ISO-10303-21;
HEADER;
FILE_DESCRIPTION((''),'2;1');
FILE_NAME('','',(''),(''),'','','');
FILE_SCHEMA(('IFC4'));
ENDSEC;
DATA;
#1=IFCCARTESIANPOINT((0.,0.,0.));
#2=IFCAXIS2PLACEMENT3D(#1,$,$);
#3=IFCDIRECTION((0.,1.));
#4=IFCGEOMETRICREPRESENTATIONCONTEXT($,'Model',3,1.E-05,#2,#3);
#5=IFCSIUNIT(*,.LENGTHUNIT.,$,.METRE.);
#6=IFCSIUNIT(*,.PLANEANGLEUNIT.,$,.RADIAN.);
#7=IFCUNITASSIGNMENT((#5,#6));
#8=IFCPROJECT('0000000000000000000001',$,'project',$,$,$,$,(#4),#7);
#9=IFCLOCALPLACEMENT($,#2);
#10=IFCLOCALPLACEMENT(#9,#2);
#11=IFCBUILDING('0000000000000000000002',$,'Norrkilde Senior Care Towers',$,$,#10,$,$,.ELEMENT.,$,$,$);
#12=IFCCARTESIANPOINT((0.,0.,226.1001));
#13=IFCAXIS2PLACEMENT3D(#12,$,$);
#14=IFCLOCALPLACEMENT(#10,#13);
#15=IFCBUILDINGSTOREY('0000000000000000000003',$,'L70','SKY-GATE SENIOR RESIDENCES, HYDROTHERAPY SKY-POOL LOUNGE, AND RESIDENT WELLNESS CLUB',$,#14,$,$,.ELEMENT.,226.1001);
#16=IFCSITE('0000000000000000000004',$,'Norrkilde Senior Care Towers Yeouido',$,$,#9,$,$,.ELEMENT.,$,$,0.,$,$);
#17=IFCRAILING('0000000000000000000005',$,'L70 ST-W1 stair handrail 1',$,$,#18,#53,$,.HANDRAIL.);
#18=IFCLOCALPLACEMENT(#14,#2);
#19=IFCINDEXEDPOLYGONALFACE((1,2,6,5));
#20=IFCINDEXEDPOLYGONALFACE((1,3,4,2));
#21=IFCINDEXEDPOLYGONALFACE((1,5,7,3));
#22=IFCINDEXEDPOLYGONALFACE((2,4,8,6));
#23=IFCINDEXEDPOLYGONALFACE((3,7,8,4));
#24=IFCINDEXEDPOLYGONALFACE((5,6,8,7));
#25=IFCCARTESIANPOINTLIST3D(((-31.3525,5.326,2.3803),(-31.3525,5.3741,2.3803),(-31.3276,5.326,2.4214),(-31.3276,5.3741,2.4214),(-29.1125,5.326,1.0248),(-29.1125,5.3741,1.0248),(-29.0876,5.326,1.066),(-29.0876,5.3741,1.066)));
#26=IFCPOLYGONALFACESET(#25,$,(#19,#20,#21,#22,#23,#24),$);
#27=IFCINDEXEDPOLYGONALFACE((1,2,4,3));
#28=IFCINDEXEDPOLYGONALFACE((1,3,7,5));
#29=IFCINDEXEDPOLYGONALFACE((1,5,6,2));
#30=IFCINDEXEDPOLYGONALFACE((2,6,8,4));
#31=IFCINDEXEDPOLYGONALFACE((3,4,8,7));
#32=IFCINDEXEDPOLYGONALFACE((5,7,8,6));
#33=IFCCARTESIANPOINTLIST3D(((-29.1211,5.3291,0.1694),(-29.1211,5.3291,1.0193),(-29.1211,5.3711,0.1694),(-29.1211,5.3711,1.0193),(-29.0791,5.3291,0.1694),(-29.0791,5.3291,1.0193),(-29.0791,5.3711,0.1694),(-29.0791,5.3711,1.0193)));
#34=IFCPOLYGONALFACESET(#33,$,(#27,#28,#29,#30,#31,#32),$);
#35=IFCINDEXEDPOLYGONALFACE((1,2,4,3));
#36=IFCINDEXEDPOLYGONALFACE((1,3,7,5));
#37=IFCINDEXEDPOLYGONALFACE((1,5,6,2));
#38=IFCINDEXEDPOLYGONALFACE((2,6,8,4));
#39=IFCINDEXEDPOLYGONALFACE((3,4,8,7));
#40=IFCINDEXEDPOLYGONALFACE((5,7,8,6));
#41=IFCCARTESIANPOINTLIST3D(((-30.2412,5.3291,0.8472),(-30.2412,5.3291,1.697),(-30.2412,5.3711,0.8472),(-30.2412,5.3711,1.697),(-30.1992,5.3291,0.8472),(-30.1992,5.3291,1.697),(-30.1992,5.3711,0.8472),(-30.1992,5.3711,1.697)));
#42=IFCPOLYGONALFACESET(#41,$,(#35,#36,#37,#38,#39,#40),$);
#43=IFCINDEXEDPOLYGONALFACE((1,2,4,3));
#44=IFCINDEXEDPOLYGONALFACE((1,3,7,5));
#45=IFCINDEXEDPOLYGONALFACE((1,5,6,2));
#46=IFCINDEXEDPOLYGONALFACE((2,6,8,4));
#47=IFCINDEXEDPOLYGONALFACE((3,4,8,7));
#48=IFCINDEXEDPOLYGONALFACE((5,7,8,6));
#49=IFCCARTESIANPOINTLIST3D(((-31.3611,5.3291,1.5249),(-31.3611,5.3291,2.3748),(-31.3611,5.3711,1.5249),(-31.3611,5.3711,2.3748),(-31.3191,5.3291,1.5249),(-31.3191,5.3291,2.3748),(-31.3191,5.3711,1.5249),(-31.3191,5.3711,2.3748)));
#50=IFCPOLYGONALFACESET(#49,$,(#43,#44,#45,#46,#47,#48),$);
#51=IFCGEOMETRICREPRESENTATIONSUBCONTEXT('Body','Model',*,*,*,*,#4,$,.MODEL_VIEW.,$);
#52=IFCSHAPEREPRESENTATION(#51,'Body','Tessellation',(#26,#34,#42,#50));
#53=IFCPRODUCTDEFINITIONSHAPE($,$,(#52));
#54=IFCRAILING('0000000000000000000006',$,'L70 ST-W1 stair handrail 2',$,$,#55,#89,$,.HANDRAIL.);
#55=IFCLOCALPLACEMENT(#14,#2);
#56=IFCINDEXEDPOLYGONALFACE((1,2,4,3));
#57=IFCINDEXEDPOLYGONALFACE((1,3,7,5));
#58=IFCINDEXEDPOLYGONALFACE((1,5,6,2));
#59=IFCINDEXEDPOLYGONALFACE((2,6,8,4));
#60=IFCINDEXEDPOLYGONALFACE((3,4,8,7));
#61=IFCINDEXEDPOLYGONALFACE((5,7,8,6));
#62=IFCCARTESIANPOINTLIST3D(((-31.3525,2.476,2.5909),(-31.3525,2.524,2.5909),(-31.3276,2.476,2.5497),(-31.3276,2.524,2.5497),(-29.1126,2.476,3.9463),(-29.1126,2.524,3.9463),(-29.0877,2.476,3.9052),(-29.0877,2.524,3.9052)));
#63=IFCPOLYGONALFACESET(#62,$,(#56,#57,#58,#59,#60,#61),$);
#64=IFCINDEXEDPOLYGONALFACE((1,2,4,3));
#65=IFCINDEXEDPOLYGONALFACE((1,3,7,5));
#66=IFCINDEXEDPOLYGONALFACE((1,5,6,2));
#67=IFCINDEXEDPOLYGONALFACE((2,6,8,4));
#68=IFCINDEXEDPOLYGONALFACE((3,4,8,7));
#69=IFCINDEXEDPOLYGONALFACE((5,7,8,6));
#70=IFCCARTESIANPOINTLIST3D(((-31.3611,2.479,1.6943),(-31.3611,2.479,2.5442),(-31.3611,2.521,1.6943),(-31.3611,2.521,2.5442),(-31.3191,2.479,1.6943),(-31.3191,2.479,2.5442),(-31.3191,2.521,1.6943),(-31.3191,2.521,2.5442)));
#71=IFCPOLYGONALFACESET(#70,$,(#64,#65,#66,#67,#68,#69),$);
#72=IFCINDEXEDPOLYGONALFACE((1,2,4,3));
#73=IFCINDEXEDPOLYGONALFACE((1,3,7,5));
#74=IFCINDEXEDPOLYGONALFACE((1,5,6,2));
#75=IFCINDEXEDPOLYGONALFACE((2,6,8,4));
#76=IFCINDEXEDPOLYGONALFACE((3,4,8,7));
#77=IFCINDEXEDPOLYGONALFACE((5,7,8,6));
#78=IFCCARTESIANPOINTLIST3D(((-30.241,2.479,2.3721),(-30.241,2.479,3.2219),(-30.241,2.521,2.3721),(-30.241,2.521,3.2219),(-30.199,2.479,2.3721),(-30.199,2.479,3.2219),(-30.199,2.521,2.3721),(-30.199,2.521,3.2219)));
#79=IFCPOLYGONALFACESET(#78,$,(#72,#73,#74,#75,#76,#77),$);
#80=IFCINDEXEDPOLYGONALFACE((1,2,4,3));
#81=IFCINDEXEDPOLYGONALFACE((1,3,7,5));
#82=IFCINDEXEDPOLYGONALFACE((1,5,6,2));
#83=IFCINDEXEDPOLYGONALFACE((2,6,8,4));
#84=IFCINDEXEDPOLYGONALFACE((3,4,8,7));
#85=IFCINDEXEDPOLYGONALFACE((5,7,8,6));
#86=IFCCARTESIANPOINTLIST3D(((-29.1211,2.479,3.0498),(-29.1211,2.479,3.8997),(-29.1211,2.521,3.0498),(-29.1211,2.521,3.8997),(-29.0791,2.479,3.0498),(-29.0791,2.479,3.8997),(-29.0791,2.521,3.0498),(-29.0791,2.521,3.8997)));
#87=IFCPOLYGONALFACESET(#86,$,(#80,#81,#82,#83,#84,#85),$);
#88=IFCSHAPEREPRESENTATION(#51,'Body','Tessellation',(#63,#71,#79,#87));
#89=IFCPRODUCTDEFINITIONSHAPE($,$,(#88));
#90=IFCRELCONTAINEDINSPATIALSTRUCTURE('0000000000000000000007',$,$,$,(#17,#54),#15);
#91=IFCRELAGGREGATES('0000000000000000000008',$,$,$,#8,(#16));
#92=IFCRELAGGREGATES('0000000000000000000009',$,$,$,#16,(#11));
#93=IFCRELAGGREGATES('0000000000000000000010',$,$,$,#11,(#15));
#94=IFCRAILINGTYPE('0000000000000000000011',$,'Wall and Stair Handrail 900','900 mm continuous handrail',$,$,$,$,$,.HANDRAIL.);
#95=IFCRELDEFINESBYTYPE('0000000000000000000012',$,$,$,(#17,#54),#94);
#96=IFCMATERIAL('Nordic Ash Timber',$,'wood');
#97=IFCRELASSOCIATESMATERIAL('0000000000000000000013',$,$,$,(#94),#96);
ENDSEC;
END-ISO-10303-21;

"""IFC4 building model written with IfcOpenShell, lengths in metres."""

from ifc_helpers import new_model, si_unit, direction, frame, origin, origin_2d, place, context, subcontext, project, spatial, rectangle, extrude, material, type_object, element, save


model = new_model("IFC4")

# Units and contexts
model_context = context("Model", 3, precision=1e-05, world=origin(), true_north=direction((0.0, 1.0)))
body_context = subcontext(model_context, "Body", "Model", "MODEL_VIEW")
ifc_project = project(units=[si_unit("LENGTHUNIT", "METRE"), si_unit("PLANEANGLEUNIT", "RADIAN")], contexts=[model_context])

# Site, building, storey
site_placement = place(None, origin())
site = spatial("IfcSite", under=ifc_project, at=site_placement, Name="Norrkilde Senior Care Towers Yeouido", CompositionType="ELEMENT", RefElevation=0.0)
building_placement = place(site_placement, origin())
building = spatial("IfcBuilding", under=site, at=building_placement, Name="Norrkilde Senior Care Towers", CompositionType="ELEMENT")
storey_placement = place(building_placement, frame((0.0, 0.0, 226.1001)))
storey = spatial("IfcBuildingStorey", under=building, at=storey_placement, Name="L70", Description="SKY-GATE SENIOR RESIDENCES, HYDROTHERAPY SKY-POOL LOUNGE, AND RESIDENT WELLNESS CLUB", CompositionType="ELEMENT", Elevation=226.1001)

# Railings
ifc_material_1 = material(Name="Nordic Ash Timber", Category="wood")
railing_type_1 = type_object("IfcRailingType", Name="Wall and Stair Handrail 900", Description="900 mm continuous handrail", PredefinedType="HANDRAIL", material=ifc_material_1)
railing_1_placement = place(storey_placement, frame((-29.1001, 5.3501, 0.1694)))
element("IfcRailing", 1, at=railing_1_placement, inside=storey, type_object=railing_type_1, Name="L70 ST-W1 stair handrail 1", PredefinedType="HANDRAIL", context=body_context, shape_type="SweptSolid", body=[
    extrude(rectangle(XDim=0.0481, YDim=0.0481, at=origin_2d()), frame((0.0, 0.0, 0.876), z_axis=(-0.855553, 0.0, 0.517715), x_axis=(0.0, -1.0, 0.0)), (0.0, 0.0, 1.0), 2.6182),
    extrude(rectangle(XDim=0.042, YDim=0.042, at=origin_2d()), origin(), (0.0, 0.0, 1.0), 0.8499),
    extrude(rectangle(XDim=0.042, YDim=0.042, at=origin_2d()), frame((-1.1201, 0.0, 0.6777)), (0.0, 0.0, 1.0), 0.8499),
    extrude(rectangle(XDim=0.042, YDim=0.042, at=origin_2d()), frame((-2.24, 0.0, 1.3555)), (0.0, 0.0, 1.0), 0.8499),
])
railing_2_placement = place(storey_placement, frame((-31.3401, 2.5, 1.6943)))
element("IfcRailing", 2, at=railing_2_placement, inside=storey, type_object=railing_type_1, Name="L70 ST-W1 stair handrail 2", PredefinedType="HANDRAIL", context=body_context, shape_type="SweptSolid", body=[
    extrude(rectangle(XDim=0.0481, YDim=0.0481, at=origin_2d()), frame((0.0, 0.0, 0.876), z_axis=(0.855553, 0.0, 0.517715), x_axis=(0.0, 1.0, 0.0)), (0.0, 0.0, 1.0), 2.6182),
    extrude(rectangle(XDim=0.042, YDim=0.042, at=origin_2d()), origin(), (0.0, 0.0, 1.0), 0.8499),
    extrude(rectangle(XDim=0.042, YDim=0.042, at=origin_2d()), frame((1.1201, 0.0, 0.6777)), (0.0, 0.0, 1.0), 0.8499),
    extrude(rectangle(XDim=0.042, YDim=0.042, at=origin_2d()), frame((2.24, 0.0, 1.3555)), (0.0, 0.0, 1.0), 0.8499),
])

save(model, "model.ifc")
